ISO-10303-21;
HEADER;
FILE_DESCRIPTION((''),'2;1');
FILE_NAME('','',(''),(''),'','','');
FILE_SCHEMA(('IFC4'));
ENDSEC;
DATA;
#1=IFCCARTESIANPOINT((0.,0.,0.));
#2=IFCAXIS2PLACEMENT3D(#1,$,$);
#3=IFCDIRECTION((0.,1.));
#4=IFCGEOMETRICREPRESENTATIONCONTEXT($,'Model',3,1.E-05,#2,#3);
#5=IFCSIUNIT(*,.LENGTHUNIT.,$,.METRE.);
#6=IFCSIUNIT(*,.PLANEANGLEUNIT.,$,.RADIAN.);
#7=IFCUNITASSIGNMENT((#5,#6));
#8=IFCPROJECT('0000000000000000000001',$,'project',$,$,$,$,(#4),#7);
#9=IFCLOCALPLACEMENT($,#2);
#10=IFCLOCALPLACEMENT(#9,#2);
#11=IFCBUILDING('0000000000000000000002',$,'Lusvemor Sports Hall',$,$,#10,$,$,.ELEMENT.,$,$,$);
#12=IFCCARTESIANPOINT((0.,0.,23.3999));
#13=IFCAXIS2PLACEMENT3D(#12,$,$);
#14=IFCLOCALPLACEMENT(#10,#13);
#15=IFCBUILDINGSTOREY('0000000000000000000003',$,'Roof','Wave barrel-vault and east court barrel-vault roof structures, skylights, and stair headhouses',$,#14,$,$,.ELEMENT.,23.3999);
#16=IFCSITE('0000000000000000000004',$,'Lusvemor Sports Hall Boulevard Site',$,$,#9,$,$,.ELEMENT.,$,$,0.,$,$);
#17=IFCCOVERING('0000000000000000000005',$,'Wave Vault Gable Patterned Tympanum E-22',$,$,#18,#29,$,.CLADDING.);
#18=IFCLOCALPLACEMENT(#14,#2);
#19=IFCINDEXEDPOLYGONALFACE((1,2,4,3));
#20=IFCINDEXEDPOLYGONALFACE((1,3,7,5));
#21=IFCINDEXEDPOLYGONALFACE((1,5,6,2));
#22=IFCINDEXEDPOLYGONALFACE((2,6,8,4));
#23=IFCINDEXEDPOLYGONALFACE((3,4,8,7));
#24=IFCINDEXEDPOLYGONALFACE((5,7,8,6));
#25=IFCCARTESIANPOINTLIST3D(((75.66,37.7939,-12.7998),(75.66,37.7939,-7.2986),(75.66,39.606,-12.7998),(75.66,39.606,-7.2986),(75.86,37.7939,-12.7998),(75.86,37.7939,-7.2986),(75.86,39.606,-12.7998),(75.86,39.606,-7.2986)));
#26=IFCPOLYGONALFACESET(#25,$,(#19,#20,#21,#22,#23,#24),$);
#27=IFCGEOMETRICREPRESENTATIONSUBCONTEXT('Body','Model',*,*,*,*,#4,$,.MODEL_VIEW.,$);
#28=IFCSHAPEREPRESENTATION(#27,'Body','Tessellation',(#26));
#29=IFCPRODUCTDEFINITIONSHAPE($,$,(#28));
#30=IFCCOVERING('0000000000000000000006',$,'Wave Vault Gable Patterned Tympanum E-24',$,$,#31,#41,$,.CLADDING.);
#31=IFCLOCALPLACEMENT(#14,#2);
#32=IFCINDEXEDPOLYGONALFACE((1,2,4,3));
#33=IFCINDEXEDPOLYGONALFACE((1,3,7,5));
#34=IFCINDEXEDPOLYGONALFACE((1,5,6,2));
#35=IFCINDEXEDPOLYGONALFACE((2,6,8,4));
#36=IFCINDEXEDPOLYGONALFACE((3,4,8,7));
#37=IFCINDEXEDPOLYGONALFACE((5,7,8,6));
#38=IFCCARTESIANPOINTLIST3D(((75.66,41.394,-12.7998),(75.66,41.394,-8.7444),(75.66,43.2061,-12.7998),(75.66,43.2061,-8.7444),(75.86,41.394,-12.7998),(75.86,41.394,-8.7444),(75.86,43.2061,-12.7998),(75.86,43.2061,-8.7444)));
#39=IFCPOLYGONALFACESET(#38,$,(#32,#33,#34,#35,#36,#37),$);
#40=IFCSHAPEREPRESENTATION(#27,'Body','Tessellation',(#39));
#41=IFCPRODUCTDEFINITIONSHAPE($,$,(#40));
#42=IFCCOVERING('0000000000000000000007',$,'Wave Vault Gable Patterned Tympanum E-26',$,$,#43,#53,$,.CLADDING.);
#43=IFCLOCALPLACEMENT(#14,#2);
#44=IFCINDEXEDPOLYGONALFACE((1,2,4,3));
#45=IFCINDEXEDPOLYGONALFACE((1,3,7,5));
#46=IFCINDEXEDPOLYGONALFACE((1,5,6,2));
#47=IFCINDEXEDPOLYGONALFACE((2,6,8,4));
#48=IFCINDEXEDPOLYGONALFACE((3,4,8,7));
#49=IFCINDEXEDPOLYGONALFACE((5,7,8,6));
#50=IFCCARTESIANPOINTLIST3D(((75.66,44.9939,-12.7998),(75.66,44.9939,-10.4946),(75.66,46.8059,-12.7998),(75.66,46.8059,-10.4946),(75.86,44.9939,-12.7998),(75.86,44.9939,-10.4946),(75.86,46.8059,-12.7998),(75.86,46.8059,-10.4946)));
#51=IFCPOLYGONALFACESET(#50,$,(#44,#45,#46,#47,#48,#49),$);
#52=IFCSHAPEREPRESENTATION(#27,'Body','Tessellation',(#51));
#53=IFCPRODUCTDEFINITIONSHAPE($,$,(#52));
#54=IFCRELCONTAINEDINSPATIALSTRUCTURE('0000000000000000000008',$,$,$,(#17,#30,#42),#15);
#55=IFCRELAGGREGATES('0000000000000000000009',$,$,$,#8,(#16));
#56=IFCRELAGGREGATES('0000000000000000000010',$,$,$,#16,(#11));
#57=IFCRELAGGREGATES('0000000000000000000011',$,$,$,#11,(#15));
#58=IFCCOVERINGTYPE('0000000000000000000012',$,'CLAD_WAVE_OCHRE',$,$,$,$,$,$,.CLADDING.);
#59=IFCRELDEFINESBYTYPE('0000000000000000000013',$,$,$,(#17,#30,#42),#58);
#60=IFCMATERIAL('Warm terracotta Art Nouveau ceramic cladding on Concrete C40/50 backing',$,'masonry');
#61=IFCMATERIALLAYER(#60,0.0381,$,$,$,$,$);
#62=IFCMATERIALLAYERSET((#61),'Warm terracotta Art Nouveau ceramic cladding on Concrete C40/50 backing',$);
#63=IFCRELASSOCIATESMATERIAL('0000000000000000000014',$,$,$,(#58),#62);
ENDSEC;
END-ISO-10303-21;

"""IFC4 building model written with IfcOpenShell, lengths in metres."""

from ifc_helpers import new_model, si_unit, direction, frame, origin, origin_2d, place, context, subcontext, project, spatial, rectangle, extrude, material, layer, layer_set, type_object, element, save


model = new_model("IFC4")

# Units and contexts
model_context = context("Model", 3, precision=1e-05, world=origin(), true_north=direction((0.0, 1.0)))
body_context = subcontext(model_context, "Body", "Model", "MODEL_VIEW")
ifc_project = project(units=[si_unit("LENGTHUNIT", "METRE"), si_unit("PLANEANGLEUNIT", "RADIAN")], contexts=[model_context])

# Site, building, storey
site_placement = place(None, origin())
site = spatial("IfcSite", under=ifc_project, at=site_placement, Name="Lusvemor Sports Hall Boulevard Site", CompositionType="ELEMENT", RefElevation=0.0)
building_placement = place(site_placement, origin())
building = spatial("IfcBuilding", under=site, at=building_placement, Name="Lusvemor Sports Hall", CompositionType="ELEMENT")
storey_placement = place(building_placement, frame((0.0, 0.0, 23.3999)))
storey = spatial("IfcBuildingStorey", under=building, at=storey_placement, Name="Roof", Description="Wave barrel-vault and east court barrel-vault roof structures, skylights, and stair headhouses", CompositionType="ELEMENT", Elevation=23.3999)

# Coverings
ifc_material_1 = material(Name="Warm terracotta Art Nouveau ceramic cladding on Concrete C40/50 backing", Category="masonry")
ifc_layer_1 = layer(ifc_material_1, 0.0381)
ifc_layer_set_1 = layer_set([ifc_layer_1], Name="Warm terracotta Art Nouveau ceramic cladding on Concrete C40/50 backing")
covering_type_1 = type_object("IfcCoveringType", Name="CLAD_WAVE_OCHRE", PredefinedType="CLADDING", material=ifc_layer_set_1)
covering_1_placement = place(storey_placement, frame((75.76, 38.7, -12.7998), z_axis=(0.0, 0.0, 1.0), x_axis=(1.0, 0.0, 0.0)))
element("IfcCovering", 1, at=covering_1_placement, inside=storey, type_object=covering_type_1, Name="Wave Vault Gable Patterned Tympanum E-22", PredefinedType="CLADDING", context=body_context, shape_type="SweptSolid", body=[
    extrude(rectangle(XDim=0.2, YDim=1.812, at=origin_2d()), origin(), (0.0, 0.0, 1.0), 5.5012),
])
covering_2_placement = place(storey_placement, frame((75.76, 42.3, -12.7998), z_axis=(0.0, 0.0, 1.0), x_axis=(1.0, 0.0, 0.0)))
element("IfcCovering", 2, at=covering_2_placement, inside=storey, type_object=covering_type_1, Name="Wave Vault Gable Patterned Tympanum E-24", PredefinedType="CLADDING", context=body_context, shape_type="SweptSolid", body=[
    extrude(rectangle(XDim=0.2, YDim=1.812, at=origin_2d()), origin(), (0.0, 0.0, 1.0), 4.0554),
])
covering_3_placement = place(storey_placement, frame((75.76, 45.8999, -12.7998), z_axis=(0.0, 0.0, 1.0), x_axis=(1.0, 0.0, 0.0)))
element("IfcCovering", 3, at=covering_3_placement, inside=storey, type_object=covering_type_1, Name="Wave Vault Gable Patterned Tympanum E-26", PredefinedType="CLADDING", context=body_context, shape_type="SweptSolid", body=[
    extrude(rectangle(XDim=0.2, YDim=1.812, at=origin_2d()), origin(), (0.0, 0.0, 1.0), 2.3052),
])

save(model, "model.ifc")
